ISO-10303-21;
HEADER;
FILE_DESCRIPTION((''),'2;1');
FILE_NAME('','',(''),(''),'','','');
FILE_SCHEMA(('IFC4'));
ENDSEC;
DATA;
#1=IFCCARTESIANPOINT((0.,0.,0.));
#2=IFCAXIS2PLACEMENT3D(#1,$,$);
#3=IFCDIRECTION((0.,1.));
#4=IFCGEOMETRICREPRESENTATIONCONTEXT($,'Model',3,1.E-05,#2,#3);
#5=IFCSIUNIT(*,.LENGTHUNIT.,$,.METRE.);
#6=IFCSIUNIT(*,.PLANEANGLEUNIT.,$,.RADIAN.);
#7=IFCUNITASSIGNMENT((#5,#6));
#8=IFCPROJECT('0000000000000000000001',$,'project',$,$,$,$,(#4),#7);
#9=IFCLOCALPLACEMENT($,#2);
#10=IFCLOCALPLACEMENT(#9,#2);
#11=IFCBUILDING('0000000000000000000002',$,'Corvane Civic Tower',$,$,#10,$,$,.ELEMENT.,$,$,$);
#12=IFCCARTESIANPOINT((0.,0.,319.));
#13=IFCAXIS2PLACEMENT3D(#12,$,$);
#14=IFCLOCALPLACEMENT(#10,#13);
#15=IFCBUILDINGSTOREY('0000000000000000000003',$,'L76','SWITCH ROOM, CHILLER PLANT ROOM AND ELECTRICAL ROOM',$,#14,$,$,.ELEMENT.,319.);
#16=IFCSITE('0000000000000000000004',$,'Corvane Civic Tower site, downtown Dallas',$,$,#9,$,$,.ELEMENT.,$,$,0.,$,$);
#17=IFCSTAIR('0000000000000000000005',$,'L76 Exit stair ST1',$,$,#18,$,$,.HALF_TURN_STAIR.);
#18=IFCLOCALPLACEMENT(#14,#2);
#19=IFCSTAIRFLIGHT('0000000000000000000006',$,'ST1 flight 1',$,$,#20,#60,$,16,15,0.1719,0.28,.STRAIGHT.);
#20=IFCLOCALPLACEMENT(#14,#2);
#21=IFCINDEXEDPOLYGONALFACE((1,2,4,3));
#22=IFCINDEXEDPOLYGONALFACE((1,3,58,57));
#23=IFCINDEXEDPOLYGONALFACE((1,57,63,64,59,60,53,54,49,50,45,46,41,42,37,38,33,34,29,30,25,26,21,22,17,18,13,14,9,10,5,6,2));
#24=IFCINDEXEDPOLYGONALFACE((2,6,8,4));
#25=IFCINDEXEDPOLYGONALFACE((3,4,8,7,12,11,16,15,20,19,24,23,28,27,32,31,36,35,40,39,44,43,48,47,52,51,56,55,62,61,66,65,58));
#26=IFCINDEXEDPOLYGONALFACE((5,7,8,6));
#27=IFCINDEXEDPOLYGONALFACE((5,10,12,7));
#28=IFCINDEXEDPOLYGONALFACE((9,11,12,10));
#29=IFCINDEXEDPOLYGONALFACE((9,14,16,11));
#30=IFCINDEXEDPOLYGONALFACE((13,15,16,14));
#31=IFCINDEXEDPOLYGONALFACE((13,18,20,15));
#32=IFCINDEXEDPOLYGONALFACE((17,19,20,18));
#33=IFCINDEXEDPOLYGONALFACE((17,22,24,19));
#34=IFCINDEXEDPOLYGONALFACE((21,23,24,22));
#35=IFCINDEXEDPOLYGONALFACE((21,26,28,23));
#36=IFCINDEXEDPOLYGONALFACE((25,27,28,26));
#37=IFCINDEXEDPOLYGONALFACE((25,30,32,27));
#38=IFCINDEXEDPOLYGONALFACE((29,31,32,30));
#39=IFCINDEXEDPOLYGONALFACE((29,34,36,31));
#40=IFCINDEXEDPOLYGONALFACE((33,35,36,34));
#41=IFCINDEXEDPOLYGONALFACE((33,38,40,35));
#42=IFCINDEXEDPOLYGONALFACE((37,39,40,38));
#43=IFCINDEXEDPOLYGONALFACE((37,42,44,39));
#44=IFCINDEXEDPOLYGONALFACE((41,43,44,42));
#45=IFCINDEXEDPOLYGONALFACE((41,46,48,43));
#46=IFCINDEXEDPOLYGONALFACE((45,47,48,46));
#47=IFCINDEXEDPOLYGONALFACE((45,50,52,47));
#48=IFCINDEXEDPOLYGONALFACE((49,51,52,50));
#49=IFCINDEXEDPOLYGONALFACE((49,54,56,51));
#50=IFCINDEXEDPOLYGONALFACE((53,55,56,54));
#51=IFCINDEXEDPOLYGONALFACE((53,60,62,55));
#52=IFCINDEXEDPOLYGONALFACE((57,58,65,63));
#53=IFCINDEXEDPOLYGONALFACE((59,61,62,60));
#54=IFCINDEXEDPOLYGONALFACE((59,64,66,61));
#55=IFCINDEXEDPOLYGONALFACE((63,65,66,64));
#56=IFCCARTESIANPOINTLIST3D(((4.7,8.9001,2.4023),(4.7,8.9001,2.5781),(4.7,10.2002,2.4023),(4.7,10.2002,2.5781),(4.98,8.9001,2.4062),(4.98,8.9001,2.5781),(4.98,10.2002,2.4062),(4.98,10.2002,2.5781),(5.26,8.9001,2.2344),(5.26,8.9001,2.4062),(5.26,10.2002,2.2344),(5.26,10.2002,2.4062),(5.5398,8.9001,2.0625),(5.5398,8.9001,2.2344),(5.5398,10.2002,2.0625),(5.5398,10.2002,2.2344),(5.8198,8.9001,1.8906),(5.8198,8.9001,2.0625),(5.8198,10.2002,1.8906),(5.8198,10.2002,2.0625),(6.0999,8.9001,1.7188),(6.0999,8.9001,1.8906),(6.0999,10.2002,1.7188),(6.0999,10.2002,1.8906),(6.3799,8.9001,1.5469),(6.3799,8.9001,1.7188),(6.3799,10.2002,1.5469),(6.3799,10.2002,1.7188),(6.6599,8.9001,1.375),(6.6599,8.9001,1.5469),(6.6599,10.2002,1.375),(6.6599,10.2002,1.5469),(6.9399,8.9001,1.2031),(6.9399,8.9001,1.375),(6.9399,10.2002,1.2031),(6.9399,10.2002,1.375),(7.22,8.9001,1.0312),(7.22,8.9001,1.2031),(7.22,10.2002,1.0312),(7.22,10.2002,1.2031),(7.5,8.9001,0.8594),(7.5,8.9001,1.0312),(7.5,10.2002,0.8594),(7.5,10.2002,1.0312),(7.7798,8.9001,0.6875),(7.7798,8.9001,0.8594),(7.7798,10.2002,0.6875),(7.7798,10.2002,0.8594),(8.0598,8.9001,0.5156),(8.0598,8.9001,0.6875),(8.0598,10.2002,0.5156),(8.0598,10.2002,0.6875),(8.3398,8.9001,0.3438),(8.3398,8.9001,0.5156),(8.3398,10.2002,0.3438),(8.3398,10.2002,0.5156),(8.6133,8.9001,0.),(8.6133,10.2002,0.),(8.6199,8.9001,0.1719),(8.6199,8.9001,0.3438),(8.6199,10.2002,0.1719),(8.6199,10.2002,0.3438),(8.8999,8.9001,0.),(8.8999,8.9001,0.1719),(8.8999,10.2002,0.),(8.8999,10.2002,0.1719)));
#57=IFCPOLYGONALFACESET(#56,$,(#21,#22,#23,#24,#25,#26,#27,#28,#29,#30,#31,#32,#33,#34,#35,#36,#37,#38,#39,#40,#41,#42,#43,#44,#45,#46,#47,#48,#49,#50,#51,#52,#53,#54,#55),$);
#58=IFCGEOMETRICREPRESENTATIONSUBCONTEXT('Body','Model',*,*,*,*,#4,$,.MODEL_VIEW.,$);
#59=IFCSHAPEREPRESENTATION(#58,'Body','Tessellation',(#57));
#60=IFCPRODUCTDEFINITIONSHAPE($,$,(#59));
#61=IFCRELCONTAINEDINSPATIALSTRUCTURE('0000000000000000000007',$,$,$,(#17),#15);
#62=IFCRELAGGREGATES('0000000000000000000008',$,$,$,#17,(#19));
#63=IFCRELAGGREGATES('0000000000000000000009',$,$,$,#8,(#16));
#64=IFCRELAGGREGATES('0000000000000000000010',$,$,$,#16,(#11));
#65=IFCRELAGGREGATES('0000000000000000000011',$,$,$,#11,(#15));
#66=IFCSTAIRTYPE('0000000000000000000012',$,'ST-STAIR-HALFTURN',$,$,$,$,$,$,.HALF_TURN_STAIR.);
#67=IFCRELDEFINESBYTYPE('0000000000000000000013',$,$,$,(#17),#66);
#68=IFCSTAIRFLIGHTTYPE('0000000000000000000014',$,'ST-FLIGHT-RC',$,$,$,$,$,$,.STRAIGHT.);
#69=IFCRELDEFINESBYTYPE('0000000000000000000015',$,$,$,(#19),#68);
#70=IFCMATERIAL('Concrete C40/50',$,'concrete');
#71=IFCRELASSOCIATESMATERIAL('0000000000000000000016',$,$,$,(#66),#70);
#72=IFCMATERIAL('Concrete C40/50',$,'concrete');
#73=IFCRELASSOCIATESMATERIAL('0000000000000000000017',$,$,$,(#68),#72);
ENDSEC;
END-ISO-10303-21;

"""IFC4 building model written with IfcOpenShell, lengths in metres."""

from ifc_helpers import new_model, si_unit, direction, frame, origin, place, context, subcontext, project, spatial, polyline, outline, extrude, material, type_object, element, aggregate, save


model = new_model("IFC4")

# Units and contexts
model_context = context("Model", 3, precision=1e-05, world=origin(), true_north=direction((0.0, 1.0)))
body_context = subcontext(model_context, "Body", "Model", "MODEL_VIEW")
ifc_project = project(units=[si_unit("LENGTHUNIT", "METRE"), si_unit("PLANEANGLEUNIT", "RADIAN")], contexts=[model_context])

# Site, building, storey
site_placement = place(None, origin())
site = spatial("IfcSite", under=ifc_project, at=site_placement, Name="Corvane Civic Tower site, downtown Dallas", CompositionType="ELEMENT", RefElevation=0.0)
building_placement = place(site_placement, origin())
building = spatial("IfcBuilding", under=site, at=building_placement, Name="Corvane Civic Tower", CompositionType="ELEMENT")
storey_placement = place(building_placement, frame((0.0, 0.0, 319.0)))
storey = spatial("IfcBuildingStorey", under=building, at=storey_placement, Name="L76", Description="SWITCH ROOM, CHILLER PLANT ROOM AND ELECTRICAL ROOM", CompositionType="ELEMENT", Elevation=319.0)

# Stair, stair flight
ifc_material_1 = material(Name="Concrete C40/50", Category="concrete")
stair_type = type_object("IfcStairType", Name="ST-STAIR-HALFTURN", PredefinedType="HALF_TURN_STAIR", material=ifc_material_1)
stair_placement = place(storey_placement, origin())
stair = element("IfcStair", 1, at=stair_placement, inside=storey, type_object=stair_type, Name="L76 Exit stair ST1", PredefinedType="HALF_TURN_STAIR")
ifc_material_2 = material(Name="Concrete C40/50", Category="concrete")
stair_flight_type = type_object("IfcStairFlightType", Name="ST-FLIGHT-RC", PredefinedType="STRAIGHT", material=ifc_material_2)
stair_flight_placement = place(storey_placement, frame((8.8999, 9.55, 0.0), z_axis=(0.0, 0.0, 1.0), x_axis=(-1.0, 0.0, 0.0)))
stair_flight = element("IfcStairFlight", 2, at=stair_flight_placement, type_object=stair_flight_type, Name="ST1 flight 1", NumberOfRisers=16, NumberOfTreads=15, PredefinedType="STRAIGHT", RiserHeight=0.1719, TreadLength=0.28, context=body_context, shape_type="SweptSolid", body=[
    extrude(outline(polyline([(0.0, 0.0), (0.0, 0.1719), (0.28, 0.1719), (0.28, 0.3438), (0.5601, 0.3438), (0.5601, 0.5156), (0.8401, 0.5156), (0.8401, 0.6875), (1.1201, 0.6875), (1.1201, 0.8594), (1.3999, 0.8594), (1.3999, 1.0312), (1.6799, 1.0312), (1.6799, 1.2031), (1.96, 1.2031), (1.96, 1.375), (2.24, 1.375), (2.24, 1.5469), (2.52, 1.5469), (2.52, 1.7188), (2.8, 1.7188), (2.8, 1.8906), (3.0801, 1.8906), (3.0801, 2.0625), (3.3601, 2.0625), (3.3601, 2.2344), (3.6399, 2.2344), (3.6399, 2.4062), (3.9199, 2.4062), (3.9199, 2.5781), (4.2, 2.5781), (4.2, 2.75), (4.2, 2.4023), (0.2866, 0.0), (0.0, 0.0)])), frame((0.0, 0.6499, 0.0), z_axis=(0.0, -1.0, 0.0), x_axis=(1.0, 0.0, 0.0)), (0.0, 0.0, 1.0), 1.3),
])
aggregate(stair, [stair_flight])

save(model, "model.ifc")
